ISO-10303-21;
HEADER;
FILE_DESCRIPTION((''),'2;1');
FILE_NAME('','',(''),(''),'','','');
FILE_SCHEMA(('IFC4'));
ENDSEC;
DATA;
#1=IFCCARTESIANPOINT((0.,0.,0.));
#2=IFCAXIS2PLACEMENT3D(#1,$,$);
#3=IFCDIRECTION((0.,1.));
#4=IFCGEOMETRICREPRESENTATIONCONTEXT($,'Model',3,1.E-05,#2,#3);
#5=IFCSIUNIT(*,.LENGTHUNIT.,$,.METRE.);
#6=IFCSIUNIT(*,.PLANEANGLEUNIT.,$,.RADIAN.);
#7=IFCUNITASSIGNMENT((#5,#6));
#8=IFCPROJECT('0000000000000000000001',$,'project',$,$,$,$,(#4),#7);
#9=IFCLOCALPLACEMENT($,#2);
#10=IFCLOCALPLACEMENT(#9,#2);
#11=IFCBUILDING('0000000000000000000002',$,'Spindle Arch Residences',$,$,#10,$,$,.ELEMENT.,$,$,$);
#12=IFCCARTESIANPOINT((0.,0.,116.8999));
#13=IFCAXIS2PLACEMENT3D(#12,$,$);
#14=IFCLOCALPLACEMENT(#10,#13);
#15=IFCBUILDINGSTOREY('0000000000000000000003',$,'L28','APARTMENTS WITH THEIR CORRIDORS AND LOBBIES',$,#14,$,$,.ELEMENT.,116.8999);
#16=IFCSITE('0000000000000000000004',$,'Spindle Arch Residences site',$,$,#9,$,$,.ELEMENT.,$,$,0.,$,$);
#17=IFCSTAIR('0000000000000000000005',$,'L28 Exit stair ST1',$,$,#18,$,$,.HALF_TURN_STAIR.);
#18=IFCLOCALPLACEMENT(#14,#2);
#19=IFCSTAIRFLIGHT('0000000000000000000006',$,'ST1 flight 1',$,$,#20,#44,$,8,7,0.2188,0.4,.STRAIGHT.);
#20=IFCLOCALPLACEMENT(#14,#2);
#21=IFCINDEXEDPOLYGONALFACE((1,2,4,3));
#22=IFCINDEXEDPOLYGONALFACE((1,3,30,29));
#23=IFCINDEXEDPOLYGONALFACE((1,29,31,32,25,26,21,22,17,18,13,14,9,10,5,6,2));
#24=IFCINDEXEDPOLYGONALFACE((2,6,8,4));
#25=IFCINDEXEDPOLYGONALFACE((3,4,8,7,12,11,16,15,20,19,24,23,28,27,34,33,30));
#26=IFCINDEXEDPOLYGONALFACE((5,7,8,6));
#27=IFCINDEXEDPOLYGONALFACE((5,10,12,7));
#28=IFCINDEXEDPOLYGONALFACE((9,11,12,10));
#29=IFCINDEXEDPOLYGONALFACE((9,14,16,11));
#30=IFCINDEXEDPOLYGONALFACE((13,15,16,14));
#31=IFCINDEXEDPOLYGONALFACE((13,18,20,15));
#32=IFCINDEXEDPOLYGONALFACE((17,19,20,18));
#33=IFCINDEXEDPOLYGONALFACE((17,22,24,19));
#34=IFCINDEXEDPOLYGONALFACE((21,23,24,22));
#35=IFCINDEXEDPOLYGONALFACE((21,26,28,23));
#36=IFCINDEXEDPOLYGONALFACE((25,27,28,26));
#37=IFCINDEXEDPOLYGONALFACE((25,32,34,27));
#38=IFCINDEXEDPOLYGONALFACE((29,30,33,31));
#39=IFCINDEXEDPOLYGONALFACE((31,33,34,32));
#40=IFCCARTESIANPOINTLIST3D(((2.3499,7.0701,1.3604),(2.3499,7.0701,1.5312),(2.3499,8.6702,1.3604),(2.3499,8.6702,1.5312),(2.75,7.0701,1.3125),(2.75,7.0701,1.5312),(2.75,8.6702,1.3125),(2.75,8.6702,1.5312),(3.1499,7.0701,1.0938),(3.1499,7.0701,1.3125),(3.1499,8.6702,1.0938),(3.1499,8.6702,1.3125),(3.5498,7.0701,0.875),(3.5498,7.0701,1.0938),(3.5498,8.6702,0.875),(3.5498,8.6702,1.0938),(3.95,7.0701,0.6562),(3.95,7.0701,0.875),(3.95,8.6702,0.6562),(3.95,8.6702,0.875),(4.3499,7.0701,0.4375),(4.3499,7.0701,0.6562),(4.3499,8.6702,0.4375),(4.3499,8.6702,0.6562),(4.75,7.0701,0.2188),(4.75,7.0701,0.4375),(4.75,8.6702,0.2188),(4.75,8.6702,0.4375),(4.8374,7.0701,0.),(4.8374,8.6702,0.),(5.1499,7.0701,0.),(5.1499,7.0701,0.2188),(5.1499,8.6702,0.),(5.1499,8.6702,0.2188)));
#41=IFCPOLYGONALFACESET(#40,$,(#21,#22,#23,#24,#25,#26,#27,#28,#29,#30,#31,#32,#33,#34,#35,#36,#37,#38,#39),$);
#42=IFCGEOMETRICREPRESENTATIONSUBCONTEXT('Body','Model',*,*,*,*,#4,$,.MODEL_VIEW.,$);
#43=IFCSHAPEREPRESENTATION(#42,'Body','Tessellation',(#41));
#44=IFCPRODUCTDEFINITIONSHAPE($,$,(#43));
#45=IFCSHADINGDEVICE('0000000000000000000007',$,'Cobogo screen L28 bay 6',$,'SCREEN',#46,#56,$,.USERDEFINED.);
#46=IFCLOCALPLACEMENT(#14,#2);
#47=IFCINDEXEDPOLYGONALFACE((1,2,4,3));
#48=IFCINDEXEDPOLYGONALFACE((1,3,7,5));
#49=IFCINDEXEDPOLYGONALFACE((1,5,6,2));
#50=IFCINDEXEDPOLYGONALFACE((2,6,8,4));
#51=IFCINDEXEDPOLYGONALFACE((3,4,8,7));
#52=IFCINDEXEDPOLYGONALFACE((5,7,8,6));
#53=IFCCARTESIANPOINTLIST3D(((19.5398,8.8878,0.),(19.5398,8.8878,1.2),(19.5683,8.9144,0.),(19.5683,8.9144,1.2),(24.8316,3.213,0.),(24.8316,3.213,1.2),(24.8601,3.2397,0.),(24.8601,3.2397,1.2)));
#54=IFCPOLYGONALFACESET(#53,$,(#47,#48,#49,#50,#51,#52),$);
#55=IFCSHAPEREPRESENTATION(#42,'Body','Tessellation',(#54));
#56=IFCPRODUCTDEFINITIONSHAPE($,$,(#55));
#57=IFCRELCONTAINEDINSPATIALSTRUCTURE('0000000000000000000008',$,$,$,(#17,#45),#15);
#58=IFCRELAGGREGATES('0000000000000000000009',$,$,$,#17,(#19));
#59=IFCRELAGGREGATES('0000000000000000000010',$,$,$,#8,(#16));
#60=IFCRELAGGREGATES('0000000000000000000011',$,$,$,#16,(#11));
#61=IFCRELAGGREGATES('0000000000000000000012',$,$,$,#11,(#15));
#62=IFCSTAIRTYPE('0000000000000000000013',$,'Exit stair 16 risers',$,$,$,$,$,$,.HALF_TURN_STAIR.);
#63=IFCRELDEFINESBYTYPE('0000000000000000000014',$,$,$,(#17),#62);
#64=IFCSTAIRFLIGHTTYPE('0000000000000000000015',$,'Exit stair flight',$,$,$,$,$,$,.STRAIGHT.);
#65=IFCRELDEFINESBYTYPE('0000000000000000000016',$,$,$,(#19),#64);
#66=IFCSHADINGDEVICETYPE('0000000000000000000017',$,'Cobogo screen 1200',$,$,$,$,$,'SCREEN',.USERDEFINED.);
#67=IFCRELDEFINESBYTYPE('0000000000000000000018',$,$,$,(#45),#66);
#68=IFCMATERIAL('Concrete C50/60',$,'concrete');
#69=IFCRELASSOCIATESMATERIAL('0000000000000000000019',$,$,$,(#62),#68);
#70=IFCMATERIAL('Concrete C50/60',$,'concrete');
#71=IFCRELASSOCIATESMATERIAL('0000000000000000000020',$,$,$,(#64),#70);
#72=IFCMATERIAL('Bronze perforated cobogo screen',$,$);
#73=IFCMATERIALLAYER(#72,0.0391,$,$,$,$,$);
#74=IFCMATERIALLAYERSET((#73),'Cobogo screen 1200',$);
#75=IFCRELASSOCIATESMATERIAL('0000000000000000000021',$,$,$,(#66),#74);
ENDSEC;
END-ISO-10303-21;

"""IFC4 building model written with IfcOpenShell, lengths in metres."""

from ifc_helpers import new_model, si_unit, direction, frame, origin, origin_2d, place, context, subcontext, project, spatial, polyline, rectangle, outline, extrude, material, layer, layer_set, type_object, element, aggregate, save


model = new_model("IFC4")

# Units and contexts
model_context = context("Model", 3, precision=1e-05, world=origin(), true_north=direction((0.0, 1.0)))
body_context = subcontext(model_context, "Body", "Model", "MODEL_VIEW")
ifc_project = project(units=[si_unit("LENGTHUNIT", "METRE"), si_unit("PLANEANGLEUNIT", "RADIAN")], contexts=[model_context])

# Site, building, storey
site_placement = place(None, origin())
site = spatial("IfcSite", under=ifc_project, at=site_placement, Name="Spindle Arch Residences site", CompositionType="ELEMENT", RefElevation=0.0)
building_placement = place(site_placement, origin())
building = spatial("IfcBuilding", under=site, at=building_placement, Name="Spindle Arch Residences", CompositionType="ELEMENT")
storey_placement = place(building_placement, frame((0.0, 0.0, 116.8999)))
storey = spatial("IfcBuildingStorey", under=building, at=storey_placement, Name="L28", Description="APARTMENTS WITH THEIR CORRIDORS AND LOBBIES", CompositionType="ELEMENT", Elevation=116.8999)

# Stair, stair flight
ifc_material_1 = material(Name="Concrete C50/60", Category="concrete")
stair_type = type_object("IfcStairType", Name="Exit stair 16 risers", PredefinedType="HALF_TURN_STAIR", material=ifc_material_1)
stair_placement = place(storey_placement, origin())
stair = element("IfcStair", 1, at=stair_placement, inside=storey, type_object=stair_type, Name="L28 Exit stair ST1", PredefinedType="HALF_TURN_STAIR")
ifc_material_2 = material(Name="Concrete C50/60", Category="concrete")
stair_flight_type = type_object("IfcStairFlightType", Name="Exit stair flight", PredefinedType="STRAIGHT", material=ifc_material_2)
stair_flight_placement = place(storey_placement, frame((5.1499, 7.8701, 0.0), z_axis=(0.0, 0.0, 1.0), x_axis=(-1.0, 0.0, 0.0)))
stair_flight = element("IfcStairFlight", 2, at=stair_flight_placement, type_object=stair_flight_type, Name="ST1 flight 1", NumberOfRisers=8, NumberOfTreads=7, PredefinedType="STRAIGHT", RiserHeight=0.2188, TreadLength=0.4, context=body_context, shape_type="SweptSolid", body=[
    extrude(outline(polyline([(0.0, 0.0), (0.0, 0.2188), (0.3999, 0.2188), (0.3999, 0.4375), (0.8, 0.4375), (0.8, 0.6562), (1.2, 0.6562), (1.2, 0.875), (1.6001, 0.875), (1.6001, 1.0938), (2.0, 1.0938), (2.0, 1.3125), (2.3999, 1.3125), (2.3999, 1.5312), (2.8, 1.5312), (2.8, 1.75), (2.8, 1.3604), (0.3125, 0.0), (0.0, 0.0)])), frame((0.0, 0.8, 0.0), z_axis=(0.0, -1.0, 0.0), x_axis=(1.0, 0.0, 0.0)), (0.0, 0.0, 1.0), 1.6001),
])
aggregate(stair, [stair_flight])

# Shading device
ifc_material_3 = material(Name="Bronze perforated cobogo screen")
ifc_layer_1 = layer(ifc_material_3, 0.0391)
ifc_layer_set_1 = layer_set([ifc_layer_1], Name="Cobogo screen 1200")
shading_device_type = type_object("IfcShadingDeviceType", Name="Cobogo screen 1200", ElementType="SCREEN", PredefinedType="USERDEFINED", material=ifc_layer_set_1)
shading_device_placement = place(storey_placement, frame((22.2, 6.0637, 0.0), z_axis=(0.0, 0.0, 1.0), x_axis=(-0.681998, 0.731354, 0.0)))
element("IfcShadingDevice", 3, at=shading_device_placement, inside=storey, type_object=shading_device_type, Name="Cobogo screen L28 bay 6", ObjectType="SCREEN", PredefinedType="USERDEFINED", context=body_context, shape_type="SweptSolid", body=[
    extrude(rectangle(XDim=7.7593, YDim=0.0391, at=origin_2d()), origin(), (0.0, 0.0, 1.0), 1.2),
])

save(model, "model.ifc")
